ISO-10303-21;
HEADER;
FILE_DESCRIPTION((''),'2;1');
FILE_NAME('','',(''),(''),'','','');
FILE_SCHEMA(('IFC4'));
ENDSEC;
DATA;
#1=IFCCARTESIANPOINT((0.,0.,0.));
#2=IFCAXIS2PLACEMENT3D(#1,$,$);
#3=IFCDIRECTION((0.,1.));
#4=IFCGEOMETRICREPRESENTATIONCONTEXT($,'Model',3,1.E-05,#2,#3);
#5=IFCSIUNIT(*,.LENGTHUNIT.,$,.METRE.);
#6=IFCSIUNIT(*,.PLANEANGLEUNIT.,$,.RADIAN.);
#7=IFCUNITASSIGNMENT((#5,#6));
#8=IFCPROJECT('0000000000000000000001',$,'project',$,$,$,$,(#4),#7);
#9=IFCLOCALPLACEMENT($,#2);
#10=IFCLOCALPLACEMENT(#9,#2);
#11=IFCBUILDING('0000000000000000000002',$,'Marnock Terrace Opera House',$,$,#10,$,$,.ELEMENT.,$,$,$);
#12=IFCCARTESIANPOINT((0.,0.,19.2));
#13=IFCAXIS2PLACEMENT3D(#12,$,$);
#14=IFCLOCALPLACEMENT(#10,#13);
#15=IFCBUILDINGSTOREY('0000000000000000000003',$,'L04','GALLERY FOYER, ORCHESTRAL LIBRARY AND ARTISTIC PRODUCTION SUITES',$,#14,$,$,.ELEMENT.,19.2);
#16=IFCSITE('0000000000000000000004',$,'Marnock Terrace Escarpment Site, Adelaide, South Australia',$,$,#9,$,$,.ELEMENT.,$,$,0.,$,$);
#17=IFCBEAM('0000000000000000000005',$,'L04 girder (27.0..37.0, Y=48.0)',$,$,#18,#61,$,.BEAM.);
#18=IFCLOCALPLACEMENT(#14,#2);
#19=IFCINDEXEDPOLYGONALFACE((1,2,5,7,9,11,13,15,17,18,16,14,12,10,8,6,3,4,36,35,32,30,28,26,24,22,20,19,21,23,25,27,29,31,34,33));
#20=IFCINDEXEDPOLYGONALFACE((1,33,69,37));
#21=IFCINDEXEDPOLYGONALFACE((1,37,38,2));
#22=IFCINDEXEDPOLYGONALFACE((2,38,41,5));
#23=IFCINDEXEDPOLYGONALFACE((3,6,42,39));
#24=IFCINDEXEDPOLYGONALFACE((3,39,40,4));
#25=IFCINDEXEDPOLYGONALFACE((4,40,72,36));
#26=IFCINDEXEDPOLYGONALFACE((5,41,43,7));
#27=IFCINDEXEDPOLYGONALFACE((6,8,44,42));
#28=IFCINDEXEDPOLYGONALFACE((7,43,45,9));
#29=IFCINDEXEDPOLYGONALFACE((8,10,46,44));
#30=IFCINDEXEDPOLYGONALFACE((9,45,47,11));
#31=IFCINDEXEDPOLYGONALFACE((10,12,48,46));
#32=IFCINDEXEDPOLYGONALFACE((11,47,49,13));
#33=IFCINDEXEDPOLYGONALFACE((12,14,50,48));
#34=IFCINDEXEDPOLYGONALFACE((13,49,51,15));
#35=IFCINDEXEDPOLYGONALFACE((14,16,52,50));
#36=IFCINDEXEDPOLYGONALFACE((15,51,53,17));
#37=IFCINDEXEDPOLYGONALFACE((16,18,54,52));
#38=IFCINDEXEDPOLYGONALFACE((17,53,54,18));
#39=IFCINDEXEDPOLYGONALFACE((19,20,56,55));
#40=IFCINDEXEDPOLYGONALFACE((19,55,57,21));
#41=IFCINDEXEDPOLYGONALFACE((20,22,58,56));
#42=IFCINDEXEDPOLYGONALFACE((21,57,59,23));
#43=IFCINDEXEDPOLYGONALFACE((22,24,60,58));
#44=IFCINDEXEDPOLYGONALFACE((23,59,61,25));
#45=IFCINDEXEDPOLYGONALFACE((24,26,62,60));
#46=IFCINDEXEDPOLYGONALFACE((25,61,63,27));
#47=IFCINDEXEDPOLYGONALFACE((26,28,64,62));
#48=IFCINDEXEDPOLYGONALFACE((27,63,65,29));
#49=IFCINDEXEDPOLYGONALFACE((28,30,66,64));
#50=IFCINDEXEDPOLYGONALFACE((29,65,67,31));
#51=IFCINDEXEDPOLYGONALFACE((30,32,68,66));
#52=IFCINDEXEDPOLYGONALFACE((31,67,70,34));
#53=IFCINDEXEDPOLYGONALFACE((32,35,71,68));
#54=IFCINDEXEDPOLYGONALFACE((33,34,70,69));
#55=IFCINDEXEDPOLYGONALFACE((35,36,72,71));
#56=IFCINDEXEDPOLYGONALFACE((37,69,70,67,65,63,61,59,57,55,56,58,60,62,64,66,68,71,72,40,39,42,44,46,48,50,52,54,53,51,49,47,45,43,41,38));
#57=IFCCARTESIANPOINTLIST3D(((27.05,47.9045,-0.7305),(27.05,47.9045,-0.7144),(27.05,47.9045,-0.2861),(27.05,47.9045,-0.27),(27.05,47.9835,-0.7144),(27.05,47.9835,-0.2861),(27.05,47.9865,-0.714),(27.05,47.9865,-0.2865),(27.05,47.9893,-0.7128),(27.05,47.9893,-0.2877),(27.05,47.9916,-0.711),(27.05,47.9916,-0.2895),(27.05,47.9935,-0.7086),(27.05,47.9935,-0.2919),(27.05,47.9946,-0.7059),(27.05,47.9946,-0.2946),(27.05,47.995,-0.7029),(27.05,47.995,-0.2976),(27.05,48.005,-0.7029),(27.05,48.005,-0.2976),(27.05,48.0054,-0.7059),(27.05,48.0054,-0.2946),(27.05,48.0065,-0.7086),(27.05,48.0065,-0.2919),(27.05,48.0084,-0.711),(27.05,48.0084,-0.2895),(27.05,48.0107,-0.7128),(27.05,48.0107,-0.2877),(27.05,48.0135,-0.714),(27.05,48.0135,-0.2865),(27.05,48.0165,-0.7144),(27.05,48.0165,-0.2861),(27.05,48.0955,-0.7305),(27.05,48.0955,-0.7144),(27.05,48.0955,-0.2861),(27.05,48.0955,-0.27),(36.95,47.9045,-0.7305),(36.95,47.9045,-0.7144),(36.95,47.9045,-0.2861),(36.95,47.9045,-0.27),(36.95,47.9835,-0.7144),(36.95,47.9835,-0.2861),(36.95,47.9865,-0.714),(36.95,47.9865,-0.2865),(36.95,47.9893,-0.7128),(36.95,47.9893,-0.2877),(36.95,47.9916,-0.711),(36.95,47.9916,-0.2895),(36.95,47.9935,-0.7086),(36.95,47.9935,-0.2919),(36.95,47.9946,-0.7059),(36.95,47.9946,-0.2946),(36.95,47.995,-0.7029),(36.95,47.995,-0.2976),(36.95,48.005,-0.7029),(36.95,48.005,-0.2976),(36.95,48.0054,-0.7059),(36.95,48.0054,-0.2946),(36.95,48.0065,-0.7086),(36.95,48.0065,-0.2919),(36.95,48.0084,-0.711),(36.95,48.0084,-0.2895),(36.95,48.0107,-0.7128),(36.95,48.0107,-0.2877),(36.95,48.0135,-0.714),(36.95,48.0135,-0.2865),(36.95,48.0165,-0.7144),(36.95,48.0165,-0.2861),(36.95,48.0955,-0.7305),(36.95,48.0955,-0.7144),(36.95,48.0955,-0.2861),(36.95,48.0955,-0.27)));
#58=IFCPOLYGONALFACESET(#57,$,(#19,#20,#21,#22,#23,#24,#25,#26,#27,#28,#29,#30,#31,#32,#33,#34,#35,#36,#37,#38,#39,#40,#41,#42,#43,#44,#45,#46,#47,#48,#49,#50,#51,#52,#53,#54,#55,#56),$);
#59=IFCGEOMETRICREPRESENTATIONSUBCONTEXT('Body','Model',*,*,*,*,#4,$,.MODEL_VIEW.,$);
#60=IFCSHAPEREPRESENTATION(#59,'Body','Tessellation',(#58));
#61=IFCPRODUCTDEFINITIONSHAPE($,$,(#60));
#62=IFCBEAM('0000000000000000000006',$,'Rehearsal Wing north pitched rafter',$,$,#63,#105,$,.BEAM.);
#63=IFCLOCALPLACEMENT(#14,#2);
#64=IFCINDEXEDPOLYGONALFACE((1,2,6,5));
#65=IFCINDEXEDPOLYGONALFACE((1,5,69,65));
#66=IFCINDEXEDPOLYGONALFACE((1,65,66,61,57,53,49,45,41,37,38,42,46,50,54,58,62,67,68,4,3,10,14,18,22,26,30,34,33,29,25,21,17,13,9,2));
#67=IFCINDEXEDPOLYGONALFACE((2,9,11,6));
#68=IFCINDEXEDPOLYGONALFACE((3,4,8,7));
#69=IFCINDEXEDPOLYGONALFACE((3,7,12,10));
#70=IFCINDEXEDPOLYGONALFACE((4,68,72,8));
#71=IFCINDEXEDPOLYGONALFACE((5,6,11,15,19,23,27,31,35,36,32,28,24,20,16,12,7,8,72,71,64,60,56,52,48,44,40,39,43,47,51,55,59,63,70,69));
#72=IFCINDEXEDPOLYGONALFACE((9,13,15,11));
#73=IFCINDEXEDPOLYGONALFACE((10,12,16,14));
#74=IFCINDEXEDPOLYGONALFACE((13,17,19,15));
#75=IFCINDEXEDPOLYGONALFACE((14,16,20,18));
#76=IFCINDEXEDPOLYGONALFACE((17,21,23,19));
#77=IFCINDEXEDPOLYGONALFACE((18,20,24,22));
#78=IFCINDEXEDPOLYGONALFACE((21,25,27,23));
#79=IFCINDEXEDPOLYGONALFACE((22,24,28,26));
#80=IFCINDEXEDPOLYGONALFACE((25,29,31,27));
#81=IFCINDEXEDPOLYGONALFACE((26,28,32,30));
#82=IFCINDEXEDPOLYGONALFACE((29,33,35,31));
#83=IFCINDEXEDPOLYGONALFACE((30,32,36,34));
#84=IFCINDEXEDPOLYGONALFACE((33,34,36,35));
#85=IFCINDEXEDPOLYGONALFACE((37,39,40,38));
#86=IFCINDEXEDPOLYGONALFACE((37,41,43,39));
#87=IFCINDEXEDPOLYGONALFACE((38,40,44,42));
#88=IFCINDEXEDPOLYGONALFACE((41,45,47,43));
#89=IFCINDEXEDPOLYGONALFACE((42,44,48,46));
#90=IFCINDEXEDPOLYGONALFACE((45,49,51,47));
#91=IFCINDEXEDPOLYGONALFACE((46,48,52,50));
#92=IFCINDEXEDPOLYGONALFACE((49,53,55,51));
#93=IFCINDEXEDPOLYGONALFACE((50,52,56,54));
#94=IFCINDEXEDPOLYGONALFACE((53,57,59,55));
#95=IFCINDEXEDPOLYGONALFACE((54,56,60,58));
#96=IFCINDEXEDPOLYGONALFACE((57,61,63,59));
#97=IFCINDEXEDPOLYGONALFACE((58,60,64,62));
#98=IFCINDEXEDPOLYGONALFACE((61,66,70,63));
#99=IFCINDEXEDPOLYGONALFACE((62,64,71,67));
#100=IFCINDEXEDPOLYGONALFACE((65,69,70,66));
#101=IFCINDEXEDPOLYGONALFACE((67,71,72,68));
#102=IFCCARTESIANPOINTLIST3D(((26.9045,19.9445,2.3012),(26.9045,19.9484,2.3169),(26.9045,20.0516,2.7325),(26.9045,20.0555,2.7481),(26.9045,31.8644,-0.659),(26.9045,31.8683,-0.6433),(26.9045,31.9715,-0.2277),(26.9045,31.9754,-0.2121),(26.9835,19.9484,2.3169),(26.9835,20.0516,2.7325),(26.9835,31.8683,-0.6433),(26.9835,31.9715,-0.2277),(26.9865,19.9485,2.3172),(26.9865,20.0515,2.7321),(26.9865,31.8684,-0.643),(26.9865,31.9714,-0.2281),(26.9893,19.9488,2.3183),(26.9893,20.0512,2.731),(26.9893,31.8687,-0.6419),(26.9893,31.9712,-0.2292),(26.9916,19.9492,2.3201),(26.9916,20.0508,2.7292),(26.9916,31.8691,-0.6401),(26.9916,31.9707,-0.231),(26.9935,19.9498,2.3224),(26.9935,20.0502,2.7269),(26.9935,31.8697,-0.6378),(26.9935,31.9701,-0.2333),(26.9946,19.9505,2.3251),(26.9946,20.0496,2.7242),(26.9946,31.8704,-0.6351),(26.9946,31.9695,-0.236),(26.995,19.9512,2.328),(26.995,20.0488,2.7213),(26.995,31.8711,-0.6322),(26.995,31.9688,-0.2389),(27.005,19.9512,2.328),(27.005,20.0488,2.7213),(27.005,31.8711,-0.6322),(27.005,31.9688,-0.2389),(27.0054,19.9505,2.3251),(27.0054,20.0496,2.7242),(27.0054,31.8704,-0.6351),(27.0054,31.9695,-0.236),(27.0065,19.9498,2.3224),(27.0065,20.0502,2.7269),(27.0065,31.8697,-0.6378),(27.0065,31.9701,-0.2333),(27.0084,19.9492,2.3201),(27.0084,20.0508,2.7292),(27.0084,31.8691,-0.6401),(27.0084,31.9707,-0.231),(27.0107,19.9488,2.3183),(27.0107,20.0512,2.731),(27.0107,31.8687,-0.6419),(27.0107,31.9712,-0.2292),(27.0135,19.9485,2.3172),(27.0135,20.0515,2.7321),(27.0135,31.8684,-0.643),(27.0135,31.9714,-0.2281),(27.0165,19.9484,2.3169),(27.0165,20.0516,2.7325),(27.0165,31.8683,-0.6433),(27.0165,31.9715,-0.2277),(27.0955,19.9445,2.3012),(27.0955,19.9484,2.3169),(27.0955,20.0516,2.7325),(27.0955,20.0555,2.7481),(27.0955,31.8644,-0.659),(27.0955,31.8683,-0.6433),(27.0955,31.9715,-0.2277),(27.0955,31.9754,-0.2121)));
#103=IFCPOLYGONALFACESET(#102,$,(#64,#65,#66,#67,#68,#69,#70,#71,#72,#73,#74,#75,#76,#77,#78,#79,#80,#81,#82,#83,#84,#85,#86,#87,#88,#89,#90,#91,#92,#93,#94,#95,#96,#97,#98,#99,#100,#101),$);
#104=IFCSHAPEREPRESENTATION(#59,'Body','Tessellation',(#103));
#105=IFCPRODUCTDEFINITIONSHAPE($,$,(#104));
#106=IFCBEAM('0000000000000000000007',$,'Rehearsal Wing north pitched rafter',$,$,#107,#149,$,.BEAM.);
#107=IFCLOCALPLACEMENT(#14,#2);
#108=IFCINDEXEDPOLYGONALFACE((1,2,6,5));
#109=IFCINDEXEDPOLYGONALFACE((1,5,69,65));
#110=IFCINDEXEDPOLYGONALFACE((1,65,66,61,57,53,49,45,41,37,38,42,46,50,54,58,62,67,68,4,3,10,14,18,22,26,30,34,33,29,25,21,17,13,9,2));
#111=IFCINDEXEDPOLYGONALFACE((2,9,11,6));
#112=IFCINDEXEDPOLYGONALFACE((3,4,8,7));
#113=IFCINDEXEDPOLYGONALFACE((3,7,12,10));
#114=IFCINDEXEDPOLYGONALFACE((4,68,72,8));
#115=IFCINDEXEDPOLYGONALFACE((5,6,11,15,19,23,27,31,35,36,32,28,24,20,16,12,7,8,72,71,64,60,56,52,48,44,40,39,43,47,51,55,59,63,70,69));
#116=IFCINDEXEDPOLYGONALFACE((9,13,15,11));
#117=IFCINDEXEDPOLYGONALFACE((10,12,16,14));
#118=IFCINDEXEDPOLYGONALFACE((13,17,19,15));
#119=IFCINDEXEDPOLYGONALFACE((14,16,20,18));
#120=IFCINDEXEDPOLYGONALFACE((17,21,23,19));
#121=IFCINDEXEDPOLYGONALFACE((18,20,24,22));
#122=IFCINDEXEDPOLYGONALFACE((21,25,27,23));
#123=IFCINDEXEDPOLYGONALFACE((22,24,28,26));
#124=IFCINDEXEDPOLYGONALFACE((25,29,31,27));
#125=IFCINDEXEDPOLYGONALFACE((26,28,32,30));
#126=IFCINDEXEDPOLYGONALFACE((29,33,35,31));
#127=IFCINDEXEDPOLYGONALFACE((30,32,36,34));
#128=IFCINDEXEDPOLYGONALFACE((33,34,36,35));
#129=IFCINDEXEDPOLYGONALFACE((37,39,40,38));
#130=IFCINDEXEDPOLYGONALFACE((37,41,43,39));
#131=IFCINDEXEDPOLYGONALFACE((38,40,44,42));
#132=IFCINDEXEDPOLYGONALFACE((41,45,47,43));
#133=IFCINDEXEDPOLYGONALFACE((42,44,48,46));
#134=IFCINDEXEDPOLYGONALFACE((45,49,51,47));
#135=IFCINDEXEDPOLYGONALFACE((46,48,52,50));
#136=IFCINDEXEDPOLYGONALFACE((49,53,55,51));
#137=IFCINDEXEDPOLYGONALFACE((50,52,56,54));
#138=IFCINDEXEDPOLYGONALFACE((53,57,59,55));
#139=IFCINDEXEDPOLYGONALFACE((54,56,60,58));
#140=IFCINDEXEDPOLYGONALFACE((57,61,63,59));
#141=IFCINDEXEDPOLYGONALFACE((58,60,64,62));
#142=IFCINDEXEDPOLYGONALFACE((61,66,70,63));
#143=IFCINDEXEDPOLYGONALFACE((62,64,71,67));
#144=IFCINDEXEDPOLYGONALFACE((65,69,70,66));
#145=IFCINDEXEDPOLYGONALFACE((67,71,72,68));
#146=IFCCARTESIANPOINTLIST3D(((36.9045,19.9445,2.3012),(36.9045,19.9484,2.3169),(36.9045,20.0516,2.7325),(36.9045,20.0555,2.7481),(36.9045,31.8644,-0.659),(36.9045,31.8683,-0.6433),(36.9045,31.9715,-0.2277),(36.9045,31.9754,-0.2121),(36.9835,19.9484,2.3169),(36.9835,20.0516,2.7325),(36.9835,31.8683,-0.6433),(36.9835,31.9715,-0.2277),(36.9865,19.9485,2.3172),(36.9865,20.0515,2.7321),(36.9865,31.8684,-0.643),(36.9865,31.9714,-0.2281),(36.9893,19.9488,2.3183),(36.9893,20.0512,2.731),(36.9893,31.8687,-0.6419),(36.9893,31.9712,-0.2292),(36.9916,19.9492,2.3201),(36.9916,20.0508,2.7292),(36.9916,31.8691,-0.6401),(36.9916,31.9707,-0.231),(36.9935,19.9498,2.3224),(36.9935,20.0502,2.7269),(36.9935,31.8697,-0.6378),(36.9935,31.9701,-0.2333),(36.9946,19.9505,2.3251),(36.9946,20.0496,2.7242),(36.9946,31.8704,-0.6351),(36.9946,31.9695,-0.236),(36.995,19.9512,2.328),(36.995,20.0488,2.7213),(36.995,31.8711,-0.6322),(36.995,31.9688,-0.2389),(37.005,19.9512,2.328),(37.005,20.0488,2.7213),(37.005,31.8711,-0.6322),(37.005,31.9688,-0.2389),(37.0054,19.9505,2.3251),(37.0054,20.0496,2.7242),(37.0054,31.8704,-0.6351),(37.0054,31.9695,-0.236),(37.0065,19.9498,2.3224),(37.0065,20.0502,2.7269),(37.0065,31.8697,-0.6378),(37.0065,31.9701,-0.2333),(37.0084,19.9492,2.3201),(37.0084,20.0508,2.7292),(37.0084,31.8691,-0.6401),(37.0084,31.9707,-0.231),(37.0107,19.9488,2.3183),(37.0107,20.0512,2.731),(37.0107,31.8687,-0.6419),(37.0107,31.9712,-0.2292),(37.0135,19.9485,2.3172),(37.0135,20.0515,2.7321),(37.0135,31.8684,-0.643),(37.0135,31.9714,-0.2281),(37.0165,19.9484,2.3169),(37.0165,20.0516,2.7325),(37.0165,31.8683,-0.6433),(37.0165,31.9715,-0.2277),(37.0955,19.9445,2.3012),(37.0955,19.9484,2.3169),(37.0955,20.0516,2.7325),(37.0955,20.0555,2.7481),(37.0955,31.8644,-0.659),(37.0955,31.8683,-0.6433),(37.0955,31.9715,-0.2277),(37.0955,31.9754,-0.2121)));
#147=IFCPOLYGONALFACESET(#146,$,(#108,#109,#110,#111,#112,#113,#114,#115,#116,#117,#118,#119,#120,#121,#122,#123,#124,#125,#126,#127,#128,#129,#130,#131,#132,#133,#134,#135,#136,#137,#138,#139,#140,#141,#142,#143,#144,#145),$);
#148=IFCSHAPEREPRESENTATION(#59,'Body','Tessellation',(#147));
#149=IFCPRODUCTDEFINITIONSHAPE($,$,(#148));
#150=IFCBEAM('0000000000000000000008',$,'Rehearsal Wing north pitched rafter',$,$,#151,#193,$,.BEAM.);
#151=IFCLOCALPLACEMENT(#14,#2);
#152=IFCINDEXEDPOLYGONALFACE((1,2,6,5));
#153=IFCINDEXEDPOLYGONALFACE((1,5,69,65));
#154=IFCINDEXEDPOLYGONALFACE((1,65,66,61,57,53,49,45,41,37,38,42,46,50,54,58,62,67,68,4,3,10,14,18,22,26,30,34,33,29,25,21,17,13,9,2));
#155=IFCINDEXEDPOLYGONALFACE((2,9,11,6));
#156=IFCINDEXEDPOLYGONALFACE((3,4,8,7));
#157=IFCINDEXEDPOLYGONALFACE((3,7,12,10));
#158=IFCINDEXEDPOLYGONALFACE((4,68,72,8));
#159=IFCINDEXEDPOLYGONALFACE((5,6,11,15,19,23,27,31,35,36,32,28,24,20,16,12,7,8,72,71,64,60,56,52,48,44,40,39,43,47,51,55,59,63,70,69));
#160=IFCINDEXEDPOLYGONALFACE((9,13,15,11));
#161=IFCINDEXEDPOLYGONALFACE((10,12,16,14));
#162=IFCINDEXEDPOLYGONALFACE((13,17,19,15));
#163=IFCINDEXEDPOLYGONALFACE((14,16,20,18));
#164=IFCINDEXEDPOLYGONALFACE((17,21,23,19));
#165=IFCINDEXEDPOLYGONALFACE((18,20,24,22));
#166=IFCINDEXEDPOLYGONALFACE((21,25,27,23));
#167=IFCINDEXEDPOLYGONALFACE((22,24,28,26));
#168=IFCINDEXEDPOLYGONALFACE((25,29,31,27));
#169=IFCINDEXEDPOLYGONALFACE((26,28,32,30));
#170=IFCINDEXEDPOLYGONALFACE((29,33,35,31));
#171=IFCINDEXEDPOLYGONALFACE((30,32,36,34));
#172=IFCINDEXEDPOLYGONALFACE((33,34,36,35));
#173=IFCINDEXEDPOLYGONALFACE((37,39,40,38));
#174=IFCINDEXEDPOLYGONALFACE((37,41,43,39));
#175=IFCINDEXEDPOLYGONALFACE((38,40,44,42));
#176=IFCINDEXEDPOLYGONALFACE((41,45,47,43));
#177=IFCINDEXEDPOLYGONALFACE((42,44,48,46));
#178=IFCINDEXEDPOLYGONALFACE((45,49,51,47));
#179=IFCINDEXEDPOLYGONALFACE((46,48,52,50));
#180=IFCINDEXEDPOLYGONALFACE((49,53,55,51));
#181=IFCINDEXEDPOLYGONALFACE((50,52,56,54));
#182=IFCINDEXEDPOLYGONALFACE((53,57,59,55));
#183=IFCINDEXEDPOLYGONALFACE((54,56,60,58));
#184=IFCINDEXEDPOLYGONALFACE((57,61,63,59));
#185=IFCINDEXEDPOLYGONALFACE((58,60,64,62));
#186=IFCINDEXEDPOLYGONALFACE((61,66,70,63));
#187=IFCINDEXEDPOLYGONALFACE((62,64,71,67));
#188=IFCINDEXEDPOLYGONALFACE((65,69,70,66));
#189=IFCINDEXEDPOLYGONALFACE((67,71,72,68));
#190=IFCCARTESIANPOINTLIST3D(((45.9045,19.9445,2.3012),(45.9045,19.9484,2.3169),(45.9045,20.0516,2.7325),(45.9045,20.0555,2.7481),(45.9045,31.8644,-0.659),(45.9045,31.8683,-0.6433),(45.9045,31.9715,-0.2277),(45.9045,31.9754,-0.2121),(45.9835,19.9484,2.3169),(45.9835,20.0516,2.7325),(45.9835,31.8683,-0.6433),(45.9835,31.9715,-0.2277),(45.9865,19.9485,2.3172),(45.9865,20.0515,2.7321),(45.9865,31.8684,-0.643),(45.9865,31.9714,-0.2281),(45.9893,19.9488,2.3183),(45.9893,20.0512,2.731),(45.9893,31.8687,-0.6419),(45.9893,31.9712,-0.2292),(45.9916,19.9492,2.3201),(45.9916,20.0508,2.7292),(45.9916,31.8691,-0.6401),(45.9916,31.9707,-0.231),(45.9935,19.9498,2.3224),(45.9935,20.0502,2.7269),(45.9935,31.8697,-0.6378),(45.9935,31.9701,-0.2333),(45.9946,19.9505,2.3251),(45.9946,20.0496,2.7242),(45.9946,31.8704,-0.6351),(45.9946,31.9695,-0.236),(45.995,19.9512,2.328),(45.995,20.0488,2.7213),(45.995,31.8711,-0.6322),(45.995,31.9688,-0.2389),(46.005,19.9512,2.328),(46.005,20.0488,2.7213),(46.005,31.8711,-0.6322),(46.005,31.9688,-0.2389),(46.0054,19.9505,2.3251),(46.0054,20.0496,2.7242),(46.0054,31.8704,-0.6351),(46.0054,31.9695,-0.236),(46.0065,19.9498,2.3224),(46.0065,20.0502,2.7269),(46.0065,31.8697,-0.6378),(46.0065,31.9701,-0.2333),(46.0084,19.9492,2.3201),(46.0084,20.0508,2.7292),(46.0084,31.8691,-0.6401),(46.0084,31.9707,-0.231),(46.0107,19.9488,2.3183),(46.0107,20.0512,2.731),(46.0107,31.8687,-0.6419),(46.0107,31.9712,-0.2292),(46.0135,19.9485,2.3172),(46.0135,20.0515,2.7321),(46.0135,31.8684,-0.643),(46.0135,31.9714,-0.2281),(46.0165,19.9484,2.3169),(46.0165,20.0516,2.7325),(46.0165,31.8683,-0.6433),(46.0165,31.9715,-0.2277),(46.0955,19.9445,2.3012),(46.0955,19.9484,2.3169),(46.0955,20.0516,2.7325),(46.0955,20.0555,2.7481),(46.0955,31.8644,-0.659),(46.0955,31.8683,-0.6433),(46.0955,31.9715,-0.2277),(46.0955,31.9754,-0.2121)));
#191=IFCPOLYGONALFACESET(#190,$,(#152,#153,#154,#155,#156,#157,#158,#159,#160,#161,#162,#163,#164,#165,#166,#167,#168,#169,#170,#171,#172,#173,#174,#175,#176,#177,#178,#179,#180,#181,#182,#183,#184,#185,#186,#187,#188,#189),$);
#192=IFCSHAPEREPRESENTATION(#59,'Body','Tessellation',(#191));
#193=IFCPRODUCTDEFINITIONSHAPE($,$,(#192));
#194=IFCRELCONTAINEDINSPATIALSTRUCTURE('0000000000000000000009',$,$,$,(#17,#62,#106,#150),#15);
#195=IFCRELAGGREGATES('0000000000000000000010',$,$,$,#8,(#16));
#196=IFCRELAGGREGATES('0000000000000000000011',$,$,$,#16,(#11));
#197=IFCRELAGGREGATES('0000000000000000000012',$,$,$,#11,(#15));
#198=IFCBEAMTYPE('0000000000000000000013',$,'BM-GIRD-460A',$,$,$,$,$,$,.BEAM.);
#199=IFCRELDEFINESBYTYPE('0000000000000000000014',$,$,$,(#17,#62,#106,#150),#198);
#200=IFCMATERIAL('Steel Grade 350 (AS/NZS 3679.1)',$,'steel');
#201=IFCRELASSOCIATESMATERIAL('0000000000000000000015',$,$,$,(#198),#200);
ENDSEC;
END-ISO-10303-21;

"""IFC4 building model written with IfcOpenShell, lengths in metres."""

from ifc_helpers import new_model, si_unit, direction, frame, origin, origin_2d, place, context, subcontext, project, spatial, i_section, extrude, material, material_profile, profile_set, type_object, element, save


model = new_model("IFC4")

# Units and contexts
model_context = context("Model", 3, precision=1e-05, world=origin(), true_north=direction((0.0, 1.0)))
body_context = subcontext(model_context, "Body", "Model", "MODEL_VIEW")
ifc_project = project(units=[si_unit("LENGTHUNIT", "METRE"), si_unit("PLANEANGLEUNIT", "RADIAN")], contexts=[model_context])

# Site, building, storey
site_placement = place(None, origin())
site = spatial("IfcSite", under=ifc_project, at=site_placement, Name="Marnock Terrace Escarpment Site, Adelaide, South Australia", CompositionType="ELEMENT", RefElevation=0.0)
building_placement = place(site_placement, origin())
building = spatial("IfcBuilding", under=site, at=building_placement, Name="Marnock Terrace Opera House", CompositionType="ELEMENT")
storey_placement = place(building_placement, frame((0.0, 0.0, 19.2)))
storey = spatial("IfcBuildingStorey", under=building, at=storey_placement, Name="L04", Description="GALLERY FOYER, ORCHESTRAL LIBRARY AND ARTISTIC PRODUCTION SUITES", CompositionType="ELEMENT", Elevation=19.2)

# Beams
ifc_material_1 = material(Name="Steel Grade 350 (AS/NZS 3679.1)", Category="steel")
ifc_material_profile_1 = material_profile(ifc_material_1, i_section(OverallWidth=0.1909, OverallDepth=0.4604, WebThickness=0.01, FlangeThickness=0.0161, FilletRadius=0.0115, at=origin_2d()))
ifc_profile_set_1 = profile_set([ifc_material_profile_1], Name="Steel Grade 350 (AS/NZS 3679.1)")
beam_type_1 = type_object("IfcBeamType", Name="BM-GIRD-460A", PredefinedType="BEAM", material=ifc_profile_set_1)
beam_1_placement = place(storey_placement, frame((27.05, 48.0, -0.5002), z_axis=(1.0, 0.0, 0.0), x_axis=(0.0, 1.0, 0.0)))
element("IfcBeam", 1, at=beam_1_placement, inside=storey, type_object=beam_type_1, Name="L04 girder (27.0..37.0, Y=48.0)", PredefinedType="BEAM", context=body_context, shape_type="SweptSolid", body=[
    extrude(i_section(OverallWidth=0.1909, OverallDepth=0.4604, WebThickness=0.01, FlangeThickness=0.0161, FilletRadius=0.0115, at=origin_2d()), origin(), (0.0, 0.0, 1.0), 9.8999),
])
for number, where, z_axis, x_axis, name in (
    (2, (27.0, 31.9199, -0.4355), (0.0, -0.97052, 0.24102), (1.0, 0.0, 0.0), "Rehearsal Wing north pitched rafter"),
    (3, (37.0, 31.9199, -0.4355), (0.0, -0.97052, 0.24102), (1.0, 0.0, 0.0), "Rehearsal Wing north pitched rafter"),
    (4, (46.0, 31.9199, -0.4355), (0.0, -0.97052, 0.24102), (1.0, 0.0, 0.0), "Rehearsal Wing north pitched rafter"),
):
    element("IfcBeam", number, at=place(storey_placement, frame(where, z_axis=z_axis, x_axis=x_axis)), inside=storey, type_object=beam_type_1, Name=name, PredefinedType="BEAM", context=body_context, shape_type="SweptSolid", body=[
        extrude(i_section(OverallWidth=0.1909, OverallDepth=0.4604, WebThickness=0.01, FlangeThickness=0.0161, FilletRadius=0.0115, at=origin_2d()), origin(), (0.0, 0.0, 1.0), 12.282),
    ])

save(model, "model.ifc")
